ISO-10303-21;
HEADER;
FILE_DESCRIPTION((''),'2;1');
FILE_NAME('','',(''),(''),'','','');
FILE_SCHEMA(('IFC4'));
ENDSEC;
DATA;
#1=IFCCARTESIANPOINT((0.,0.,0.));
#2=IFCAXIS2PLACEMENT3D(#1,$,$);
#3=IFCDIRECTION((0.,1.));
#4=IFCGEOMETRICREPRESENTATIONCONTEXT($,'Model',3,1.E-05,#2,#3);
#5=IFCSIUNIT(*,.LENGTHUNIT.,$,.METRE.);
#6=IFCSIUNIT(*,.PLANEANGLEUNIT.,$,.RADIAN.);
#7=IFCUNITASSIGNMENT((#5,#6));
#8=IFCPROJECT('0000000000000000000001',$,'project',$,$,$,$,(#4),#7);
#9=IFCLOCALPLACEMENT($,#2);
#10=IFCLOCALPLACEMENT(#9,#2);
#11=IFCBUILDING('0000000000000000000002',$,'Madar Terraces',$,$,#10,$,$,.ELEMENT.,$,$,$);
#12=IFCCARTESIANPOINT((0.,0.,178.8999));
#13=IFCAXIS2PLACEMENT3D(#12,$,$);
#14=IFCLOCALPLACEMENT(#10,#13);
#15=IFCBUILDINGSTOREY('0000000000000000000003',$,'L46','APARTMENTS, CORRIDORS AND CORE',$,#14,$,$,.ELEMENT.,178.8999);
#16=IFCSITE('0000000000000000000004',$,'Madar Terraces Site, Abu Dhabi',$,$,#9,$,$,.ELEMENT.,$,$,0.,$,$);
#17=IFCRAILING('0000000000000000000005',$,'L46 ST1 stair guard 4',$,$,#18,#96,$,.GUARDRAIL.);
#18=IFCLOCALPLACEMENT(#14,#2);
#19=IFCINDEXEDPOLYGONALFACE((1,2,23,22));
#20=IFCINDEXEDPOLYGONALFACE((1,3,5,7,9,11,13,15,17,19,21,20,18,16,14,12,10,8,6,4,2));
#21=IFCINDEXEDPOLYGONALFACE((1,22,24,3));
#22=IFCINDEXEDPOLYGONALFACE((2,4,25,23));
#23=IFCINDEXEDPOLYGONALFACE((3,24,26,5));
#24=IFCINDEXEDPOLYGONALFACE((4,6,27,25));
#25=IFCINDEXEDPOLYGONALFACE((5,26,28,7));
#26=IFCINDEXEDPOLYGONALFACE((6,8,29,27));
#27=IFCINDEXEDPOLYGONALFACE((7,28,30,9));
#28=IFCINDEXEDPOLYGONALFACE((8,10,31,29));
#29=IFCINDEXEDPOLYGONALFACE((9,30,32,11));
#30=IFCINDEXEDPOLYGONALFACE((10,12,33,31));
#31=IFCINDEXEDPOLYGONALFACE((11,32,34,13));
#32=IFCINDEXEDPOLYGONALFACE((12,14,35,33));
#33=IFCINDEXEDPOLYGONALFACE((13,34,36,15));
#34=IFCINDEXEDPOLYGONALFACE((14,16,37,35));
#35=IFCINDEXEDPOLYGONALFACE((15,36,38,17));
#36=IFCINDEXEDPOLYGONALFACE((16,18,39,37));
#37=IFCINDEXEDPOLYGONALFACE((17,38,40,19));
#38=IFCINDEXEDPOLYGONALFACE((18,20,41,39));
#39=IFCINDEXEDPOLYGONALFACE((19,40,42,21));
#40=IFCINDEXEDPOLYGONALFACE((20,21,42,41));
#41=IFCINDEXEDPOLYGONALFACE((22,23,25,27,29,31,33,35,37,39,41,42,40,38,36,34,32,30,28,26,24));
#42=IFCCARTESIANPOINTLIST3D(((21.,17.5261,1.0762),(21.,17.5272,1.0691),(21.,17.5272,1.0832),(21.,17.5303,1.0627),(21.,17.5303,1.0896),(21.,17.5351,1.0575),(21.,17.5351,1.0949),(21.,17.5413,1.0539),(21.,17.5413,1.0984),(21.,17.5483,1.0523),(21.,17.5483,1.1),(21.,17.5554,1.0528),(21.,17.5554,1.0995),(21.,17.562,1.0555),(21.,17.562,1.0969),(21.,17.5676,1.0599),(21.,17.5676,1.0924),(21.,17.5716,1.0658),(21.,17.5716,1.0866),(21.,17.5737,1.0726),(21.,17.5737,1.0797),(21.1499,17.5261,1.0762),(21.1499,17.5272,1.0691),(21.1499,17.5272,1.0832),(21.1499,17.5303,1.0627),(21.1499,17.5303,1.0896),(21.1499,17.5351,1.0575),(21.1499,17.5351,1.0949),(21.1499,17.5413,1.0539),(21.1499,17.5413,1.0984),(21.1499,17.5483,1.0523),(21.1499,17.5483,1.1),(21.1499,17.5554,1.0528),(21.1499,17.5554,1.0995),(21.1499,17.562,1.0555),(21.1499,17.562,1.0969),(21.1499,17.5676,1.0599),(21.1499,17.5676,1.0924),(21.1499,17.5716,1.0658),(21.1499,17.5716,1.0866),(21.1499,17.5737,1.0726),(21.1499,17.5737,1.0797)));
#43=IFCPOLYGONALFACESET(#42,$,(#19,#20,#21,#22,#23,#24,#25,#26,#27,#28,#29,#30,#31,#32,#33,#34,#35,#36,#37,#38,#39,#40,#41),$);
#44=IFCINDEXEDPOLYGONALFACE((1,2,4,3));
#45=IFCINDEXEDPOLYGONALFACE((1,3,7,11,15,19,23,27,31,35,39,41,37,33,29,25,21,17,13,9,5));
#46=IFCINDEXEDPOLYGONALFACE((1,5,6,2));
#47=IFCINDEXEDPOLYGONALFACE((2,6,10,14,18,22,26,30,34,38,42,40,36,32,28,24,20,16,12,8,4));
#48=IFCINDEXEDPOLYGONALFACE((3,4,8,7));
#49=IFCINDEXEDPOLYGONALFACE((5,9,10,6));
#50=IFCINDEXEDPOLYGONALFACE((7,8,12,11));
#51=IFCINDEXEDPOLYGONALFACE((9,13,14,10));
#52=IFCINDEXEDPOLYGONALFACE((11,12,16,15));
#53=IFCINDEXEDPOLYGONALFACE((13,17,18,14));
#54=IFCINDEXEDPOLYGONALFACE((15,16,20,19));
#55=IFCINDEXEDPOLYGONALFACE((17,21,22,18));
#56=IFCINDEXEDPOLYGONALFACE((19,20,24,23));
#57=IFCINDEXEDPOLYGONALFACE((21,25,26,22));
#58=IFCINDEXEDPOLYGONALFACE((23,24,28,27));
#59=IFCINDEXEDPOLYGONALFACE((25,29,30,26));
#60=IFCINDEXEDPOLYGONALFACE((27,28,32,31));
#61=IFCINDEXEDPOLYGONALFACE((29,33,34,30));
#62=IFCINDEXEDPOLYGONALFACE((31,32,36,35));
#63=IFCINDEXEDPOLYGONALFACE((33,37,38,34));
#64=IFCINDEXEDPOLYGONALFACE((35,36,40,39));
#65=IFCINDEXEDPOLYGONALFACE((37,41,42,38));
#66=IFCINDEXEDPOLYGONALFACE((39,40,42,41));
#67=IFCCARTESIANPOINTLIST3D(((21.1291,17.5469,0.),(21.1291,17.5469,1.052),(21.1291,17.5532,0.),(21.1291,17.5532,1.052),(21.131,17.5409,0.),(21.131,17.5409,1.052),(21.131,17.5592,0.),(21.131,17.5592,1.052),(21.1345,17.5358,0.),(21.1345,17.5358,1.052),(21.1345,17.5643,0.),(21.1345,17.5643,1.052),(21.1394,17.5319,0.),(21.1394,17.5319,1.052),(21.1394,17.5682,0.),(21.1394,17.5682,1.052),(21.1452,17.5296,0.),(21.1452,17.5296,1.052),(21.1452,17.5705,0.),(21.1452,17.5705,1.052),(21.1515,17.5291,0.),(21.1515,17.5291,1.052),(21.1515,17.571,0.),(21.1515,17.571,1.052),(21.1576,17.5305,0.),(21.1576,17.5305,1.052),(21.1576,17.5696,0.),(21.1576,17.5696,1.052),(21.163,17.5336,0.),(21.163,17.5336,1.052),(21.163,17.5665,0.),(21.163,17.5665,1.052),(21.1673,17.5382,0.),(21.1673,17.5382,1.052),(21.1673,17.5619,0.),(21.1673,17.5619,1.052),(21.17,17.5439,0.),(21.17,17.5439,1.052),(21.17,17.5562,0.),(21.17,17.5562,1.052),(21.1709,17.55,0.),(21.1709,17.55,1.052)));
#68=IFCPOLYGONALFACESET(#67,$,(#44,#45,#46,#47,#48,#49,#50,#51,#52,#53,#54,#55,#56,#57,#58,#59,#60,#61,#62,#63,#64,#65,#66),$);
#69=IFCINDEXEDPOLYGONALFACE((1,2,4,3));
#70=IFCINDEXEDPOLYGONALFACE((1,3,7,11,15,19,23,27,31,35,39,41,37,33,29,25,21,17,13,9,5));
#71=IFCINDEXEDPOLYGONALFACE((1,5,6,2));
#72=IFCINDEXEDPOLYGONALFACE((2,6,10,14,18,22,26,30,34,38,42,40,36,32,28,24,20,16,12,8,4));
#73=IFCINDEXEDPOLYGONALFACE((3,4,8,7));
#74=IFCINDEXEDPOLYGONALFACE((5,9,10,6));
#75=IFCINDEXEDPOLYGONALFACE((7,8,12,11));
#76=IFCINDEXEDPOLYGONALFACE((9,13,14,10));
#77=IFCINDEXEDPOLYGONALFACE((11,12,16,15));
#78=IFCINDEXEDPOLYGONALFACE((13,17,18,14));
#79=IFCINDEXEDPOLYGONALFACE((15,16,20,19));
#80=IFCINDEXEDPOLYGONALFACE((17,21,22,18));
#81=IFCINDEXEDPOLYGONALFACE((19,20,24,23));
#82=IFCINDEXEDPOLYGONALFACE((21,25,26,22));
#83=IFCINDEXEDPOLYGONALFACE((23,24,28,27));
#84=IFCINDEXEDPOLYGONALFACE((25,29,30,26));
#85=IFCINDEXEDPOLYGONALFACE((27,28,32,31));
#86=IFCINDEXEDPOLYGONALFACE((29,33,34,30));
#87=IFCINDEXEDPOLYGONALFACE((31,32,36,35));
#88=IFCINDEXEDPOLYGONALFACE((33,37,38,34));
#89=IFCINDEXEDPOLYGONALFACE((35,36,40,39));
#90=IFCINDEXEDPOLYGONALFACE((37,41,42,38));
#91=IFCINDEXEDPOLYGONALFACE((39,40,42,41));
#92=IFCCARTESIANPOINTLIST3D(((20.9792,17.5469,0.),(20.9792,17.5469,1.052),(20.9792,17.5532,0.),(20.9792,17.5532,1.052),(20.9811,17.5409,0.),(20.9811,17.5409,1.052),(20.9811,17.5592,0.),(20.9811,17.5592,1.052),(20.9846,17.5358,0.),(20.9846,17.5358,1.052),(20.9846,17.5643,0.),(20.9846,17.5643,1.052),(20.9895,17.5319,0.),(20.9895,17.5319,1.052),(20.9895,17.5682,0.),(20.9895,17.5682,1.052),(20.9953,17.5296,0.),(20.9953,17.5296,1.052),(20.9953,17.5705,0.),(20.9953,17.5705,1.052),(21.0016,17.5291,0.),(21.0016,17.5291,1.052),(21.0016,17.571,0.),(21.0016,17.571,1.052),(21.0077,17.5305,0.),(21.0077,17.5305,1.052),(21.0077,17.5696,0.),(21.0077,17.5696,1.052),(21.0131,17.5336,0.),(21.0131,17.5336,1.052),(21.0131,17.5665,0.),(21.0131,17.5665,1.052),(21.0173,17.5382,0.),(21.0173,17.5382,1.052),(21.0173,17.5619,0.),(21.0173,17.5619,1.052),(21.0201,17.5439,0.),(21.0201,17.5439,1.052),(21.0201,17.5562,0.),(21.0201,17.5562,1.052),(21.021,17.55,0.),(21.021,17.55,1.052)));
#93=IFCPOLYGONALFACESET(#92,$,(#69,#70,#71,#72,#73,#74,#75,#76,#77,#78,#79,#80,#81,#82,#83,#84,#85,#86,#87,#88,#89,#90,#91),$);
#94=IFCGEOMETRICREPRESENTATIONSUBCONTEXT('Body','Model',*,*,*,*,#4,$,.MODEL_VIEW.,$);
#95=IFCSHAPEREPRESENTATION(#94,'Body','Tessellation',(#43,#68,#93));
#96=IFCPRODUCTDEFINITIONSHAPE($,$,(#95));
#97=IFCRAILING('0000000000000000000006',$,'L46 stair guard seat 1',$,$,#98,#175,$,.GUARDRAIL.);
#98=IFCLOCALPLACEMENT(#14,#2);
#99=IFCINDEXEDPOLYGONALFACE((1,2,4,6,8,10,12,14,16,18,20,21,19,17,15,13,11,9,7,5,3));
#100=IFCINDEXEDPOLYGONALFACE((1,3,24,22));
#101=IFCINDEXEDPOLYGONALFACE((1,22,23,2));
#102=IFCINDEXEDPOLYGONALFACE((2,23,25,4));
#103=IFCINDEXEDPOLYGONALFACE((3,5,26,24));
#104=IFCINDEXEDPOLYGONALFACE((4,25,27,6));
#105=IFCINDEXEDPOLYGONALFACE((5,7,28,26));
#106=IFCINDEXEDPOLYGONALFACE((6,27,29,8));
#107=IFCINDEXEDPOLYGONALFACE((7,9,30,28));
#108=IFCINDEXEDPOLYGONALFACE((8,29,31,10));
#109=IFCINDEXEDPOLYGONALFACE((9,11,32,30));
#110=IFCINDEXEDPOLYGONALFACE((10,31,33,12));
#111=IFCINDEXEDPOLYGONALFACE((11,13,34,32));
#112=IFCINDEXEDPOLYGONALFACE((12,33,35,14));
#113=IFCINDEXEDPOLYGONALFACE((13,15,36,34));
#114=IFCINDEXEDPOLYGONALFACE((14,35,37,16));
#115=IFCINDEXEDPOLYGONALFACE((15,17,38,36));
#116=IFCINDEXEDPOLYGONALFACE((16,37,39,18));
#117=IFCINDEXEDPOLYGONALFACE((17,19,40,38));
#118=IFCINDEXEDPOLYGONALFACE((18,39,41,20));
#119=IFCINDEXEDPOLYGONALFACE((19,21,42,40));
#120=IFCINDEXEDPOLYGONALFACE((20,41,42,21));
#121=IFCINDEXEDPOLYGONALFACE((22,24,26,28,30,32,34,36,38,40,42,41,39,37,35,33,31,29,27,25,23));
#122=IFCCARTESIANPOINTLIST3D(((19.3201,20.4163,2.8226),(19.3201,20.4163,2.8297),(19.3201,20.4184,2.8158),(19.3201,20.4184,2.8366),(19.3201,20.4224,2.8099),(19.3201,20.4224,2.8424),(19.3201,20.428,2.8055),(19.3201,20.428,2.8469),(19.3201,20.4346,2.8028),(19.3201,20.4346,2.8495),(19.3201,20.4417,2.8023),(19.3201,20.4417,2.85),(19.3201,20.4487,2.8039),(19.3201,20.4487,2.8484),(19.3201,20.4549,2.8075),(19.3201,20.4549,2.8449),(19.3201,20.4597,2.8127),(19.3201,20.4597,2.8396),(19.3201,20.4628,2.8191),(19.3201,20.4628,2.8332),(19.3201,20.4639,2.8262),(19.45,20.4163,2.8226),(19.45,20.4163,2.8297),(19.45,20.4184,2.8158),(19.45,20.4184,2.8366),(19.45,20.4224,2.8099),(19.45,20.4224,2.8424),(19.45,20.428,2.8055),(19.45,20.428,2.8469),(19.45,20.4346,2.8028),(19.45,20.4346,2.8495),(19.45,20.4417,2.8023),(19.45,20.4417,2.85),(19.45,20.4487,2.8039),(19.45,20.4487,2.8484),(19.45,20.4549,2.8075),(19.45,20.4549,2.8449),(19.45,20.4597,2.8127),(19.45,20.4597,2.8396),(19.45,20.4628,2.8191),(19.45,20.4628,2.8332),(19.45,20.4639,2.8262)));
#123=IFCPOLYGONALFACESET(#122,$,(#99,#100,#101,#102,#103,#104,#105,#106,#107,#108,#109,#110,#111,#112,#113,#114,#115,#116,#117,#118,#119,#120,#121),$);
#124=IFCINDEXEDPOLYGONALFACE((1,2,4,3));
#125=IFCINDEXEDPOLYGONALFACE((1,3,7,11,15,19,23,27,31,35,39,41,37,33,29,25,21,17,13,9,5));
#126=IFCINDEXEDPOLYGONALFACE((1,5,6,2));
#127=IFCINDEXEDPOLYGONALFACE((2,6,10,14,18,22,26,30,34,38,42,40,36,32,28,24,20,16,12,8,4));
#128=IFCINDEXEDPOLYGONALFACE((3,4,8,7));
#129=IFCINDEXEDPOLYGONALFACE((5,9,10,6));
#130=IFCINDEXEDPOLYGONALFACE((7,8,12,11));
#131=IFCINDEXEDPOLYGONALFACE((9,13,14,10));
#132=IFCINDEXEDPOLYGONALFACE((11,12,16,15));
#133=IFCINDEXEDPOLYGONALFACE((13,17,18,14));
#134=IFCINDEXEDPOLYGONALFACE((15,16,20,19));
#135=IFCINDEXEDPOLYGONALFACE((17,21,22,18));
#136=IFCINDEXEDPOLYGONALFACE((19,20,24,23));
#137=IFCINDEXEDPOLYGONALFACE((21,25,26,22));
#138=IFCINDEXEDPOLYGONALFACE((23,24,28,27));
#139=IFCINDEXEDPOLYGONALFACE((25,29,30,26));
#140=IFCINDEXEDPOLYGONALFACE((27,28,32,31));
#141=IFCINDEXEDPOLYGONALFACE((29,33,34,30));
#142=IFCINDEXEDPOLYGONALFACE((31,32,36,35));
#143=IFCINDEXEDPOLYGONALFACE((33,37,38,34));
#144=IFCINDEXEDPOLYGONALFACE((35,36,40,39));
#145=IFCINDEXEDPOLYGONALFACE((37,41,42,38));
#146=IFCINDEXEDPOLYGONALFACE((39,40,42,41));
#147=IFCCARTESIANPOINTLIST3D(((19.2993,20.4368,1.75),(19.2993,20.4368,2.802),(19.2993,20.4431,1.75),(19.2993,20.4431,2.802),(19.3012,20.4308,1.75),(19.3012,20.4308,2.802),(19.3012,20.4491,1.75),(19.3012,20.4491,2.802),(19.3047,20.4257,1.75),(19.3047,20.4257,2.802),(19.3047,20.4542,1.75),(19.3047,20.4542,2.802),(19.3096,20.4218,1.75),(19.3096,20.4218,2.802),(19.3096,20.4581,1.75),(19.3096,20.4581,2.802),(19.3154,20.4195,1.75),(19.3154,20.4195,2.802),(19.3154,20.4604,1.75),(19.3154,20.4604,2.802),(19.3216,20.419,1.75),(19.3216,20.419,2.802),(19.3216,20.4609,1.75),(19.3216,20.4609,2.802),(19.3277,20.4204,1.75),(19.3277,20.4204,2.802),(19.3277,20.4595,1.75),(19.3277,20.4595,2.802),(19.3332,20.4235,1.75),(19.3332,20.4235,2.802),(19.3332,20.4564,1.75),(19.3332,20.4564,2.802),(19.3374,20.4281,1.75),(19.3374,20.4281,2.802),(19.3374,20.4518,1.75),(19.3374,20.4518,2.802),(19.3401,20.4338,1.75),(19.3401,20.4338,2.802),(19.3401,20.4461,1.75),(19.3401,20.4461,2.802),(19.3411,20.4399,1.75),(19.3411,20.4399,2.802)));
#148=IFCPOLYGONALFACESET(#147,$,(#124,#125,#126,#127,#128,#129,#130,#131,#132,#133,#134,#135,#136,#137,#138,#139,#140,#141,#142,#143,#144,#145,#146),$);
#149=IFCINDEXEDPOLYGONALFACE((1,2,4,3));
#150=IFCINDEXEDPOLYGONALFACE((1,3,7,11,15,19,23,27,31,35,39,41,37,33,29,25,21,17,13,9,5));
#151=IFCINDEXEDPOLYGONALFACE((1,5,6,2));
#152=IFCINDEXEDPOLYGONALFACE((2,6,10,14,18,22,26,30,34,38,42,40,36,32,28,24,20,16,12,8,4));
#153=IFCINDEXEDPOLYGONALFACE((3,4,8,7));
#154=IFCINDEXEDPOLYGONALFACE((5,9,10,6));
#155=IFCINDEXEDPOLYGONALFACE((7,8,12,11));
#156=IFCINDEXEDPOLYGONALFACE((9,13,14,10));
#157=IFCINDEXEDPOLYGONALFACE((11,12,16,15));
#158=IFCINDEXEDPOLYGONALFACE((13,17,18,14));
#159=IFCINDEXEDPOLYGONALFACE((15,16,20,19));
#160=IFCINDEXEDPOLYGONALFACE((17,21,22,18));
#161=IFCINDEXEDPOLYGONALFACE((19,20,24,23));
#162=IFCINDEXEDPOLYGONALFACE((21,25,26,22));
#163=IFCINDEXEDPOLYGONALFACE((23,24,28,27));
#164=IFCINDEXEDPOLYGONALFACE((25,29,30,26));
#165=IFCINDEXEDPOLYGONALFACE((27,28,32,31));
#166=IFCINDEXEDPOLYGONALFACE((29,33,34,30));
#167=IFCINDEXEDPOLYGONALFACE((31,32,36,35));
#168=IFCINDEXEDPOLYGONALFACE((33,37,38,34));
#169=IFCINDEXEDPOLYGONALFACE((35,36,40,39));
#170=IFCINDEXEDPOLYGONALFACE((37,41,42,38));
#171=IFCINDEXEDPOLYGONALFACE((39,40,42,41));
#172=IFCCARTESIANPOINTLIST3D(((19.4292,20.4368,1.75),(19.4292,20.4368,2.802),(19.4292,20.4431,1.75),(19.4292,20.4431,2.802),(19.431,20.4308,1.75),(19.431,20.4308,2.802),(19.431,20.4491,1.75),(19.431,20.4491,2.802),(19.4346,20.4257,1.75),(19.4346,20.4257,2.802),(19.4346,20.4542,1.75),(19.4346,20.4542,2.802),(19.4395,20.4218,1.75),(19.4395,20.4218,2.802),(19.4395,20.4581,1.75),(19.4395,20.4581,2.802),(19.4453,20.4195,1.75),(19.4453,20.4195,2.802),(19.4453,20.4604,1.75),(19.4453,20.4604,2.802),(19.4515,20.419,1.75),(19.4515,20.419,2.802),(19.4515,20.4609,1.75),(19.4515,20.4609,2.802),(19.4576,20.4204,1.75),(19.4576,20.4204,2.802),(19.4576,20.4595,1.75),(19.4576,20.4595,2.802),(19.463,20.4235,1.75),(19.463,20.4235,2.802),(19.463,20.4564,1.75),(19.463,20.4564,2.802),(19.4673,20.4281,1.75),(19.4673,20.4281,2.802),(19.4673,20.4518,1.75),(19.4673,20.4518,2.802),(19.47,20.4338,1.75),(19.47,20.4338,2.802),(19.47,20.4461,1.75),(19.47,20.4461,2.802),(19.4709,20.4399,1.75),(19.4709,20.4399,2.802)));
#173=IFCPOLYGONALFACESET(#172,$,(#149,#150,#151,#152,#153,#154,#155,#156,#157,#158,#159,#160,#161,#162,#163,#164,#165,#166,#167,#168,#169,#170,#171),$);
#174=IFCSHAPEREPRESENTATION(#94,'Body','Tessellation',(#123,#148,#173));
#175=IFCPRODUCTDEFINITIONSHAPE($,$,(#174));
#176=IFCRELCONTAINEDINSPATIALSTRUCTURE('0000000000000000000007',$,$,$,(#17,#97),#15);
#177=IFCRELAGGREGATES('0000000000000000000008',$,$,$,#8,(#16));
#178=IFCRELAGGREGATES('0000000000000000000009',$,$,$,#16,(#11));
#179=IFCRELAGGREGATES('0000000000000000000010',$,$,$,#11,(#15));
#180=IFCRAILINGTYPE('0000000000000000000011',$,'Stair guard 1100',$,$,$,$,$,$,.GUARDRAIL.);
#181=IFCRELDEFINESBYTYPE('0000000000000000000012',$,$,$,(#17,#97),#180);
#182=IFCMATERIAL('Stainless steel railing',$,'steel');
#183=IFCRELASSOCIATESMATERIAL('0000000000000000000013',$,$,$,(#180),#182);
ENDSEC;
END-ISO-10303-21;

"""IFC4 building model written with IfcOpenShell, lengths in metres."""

from ifc_helpers import new_model, si_unit, direction, frame, origin, origin_2d, place, context, subcontext, project, spatial, circle, extrude, material, type_object, element, save


model = new_model("IFC4")

# Units and contexts
model_context = context("Model", 3, precision=1e-05, world=origin(), true_north=direction((0.0, 1.0)))
body_context = subcontext(model_context, "Body", "Model", "MODEL_VIEW")
ifc_project = project(units=[si_unit("LENGTHUNIT", "METRE"), si_unit("PLANEANGLEUNIT", "RADIAN")], contexts=[model_context])

# Site, building, storey
site_placement = place(None, origin())
site = spatial("IfcSite", under=ifc_project, at=site_placement, Name="Madar Terraces Site, Abu Dhabi", CompositionType="ELEMENT", RefElevation=0.0)
building_placement = place(site_placement, origin())
building = spatial("IfcBuilding", under=site, at=building_placement, Name="Madar Terraces", CompositionType="ELEMENT")
storey_placement = place(building_placement, frame((0.0, 0.0, 178.8999)))
storey = spatial("IfcBuildingStorey", under=building, at=storey_placement, Name="L46", Description="APARTMENTS, CORRIDORS AND CORE", CompositionType="ELEMENT", Elevation=178.8999)

# Railings
ifc_material_1 = material(Name="Stainless steel railing", Category="steel")
railing_type_1 = type_object("IfcRailingType", Name="Stair guard 1100", PredefinedType="GUARDRAIL", material=ifc_material_1)
railing_1_placement = place(storey_placement, frame((21.1499, 17.55, 0.0)))
element("IfcRailing", 1, at=railing_1_placement, inside=storey, type_object=railing_type_1, Name="L46 ST1 stair guard 4", PredefinedType="GUARDRAIL", context=body_context, shape_type="SweptSolid", body=[
    extrude(circle(Radius=0.0239, at=origin_2d()), frame((0.0, 0.0, 1.0762), z_axis=(-1.0, 0.0, 0.0), x_axis=(0.0, -1.0, 0.0)), (0.0, 0.0, 1.0), 0.1499),
    extrude(circle(Radius=0.021, at=origin_2d()), origin(), (0.0, 0.0, 1.0), 1.052),
    extrude(circle(Radius=0.021, at=origin_2d()), frame((-0.1499, 0.0, 0.0)), (0.0, 0.0, 1.0), 1.052),
])
railing_2_placement = place(storey_placement, frame((19.3201, 20.4399, 1.75)))
element("IfcRailing", 2, at=railing_2_placement, inside=storey, type_object=railing_type_1, Name="L46 stair guard seat 1", PredefinedType="GUARDRAIL", context=body_context, shape_type="SweptSolid", body=[
    extrude(circle(Radius=0.0239, at=origin_2d()), frame((0.0, 0.0, 1.0762), z_axis=(1.0, 0.0, 0.0), x_axis=(0.0, 1.0, 0.0)), (0.0, 0.0, 1.0), 0.1299),
    extrude(circle(Radius=0.021, at=origin_2d()), origin(), (0.0, 0.0, 1.0), 1.052),
    extrude(circle(Radius=0.021, at=origin_2d()), frame((0.1299, 0.0, 0.0)), (0.0, 0.0, 1.0), 1.052),
])

save(model, "model.ifc")
